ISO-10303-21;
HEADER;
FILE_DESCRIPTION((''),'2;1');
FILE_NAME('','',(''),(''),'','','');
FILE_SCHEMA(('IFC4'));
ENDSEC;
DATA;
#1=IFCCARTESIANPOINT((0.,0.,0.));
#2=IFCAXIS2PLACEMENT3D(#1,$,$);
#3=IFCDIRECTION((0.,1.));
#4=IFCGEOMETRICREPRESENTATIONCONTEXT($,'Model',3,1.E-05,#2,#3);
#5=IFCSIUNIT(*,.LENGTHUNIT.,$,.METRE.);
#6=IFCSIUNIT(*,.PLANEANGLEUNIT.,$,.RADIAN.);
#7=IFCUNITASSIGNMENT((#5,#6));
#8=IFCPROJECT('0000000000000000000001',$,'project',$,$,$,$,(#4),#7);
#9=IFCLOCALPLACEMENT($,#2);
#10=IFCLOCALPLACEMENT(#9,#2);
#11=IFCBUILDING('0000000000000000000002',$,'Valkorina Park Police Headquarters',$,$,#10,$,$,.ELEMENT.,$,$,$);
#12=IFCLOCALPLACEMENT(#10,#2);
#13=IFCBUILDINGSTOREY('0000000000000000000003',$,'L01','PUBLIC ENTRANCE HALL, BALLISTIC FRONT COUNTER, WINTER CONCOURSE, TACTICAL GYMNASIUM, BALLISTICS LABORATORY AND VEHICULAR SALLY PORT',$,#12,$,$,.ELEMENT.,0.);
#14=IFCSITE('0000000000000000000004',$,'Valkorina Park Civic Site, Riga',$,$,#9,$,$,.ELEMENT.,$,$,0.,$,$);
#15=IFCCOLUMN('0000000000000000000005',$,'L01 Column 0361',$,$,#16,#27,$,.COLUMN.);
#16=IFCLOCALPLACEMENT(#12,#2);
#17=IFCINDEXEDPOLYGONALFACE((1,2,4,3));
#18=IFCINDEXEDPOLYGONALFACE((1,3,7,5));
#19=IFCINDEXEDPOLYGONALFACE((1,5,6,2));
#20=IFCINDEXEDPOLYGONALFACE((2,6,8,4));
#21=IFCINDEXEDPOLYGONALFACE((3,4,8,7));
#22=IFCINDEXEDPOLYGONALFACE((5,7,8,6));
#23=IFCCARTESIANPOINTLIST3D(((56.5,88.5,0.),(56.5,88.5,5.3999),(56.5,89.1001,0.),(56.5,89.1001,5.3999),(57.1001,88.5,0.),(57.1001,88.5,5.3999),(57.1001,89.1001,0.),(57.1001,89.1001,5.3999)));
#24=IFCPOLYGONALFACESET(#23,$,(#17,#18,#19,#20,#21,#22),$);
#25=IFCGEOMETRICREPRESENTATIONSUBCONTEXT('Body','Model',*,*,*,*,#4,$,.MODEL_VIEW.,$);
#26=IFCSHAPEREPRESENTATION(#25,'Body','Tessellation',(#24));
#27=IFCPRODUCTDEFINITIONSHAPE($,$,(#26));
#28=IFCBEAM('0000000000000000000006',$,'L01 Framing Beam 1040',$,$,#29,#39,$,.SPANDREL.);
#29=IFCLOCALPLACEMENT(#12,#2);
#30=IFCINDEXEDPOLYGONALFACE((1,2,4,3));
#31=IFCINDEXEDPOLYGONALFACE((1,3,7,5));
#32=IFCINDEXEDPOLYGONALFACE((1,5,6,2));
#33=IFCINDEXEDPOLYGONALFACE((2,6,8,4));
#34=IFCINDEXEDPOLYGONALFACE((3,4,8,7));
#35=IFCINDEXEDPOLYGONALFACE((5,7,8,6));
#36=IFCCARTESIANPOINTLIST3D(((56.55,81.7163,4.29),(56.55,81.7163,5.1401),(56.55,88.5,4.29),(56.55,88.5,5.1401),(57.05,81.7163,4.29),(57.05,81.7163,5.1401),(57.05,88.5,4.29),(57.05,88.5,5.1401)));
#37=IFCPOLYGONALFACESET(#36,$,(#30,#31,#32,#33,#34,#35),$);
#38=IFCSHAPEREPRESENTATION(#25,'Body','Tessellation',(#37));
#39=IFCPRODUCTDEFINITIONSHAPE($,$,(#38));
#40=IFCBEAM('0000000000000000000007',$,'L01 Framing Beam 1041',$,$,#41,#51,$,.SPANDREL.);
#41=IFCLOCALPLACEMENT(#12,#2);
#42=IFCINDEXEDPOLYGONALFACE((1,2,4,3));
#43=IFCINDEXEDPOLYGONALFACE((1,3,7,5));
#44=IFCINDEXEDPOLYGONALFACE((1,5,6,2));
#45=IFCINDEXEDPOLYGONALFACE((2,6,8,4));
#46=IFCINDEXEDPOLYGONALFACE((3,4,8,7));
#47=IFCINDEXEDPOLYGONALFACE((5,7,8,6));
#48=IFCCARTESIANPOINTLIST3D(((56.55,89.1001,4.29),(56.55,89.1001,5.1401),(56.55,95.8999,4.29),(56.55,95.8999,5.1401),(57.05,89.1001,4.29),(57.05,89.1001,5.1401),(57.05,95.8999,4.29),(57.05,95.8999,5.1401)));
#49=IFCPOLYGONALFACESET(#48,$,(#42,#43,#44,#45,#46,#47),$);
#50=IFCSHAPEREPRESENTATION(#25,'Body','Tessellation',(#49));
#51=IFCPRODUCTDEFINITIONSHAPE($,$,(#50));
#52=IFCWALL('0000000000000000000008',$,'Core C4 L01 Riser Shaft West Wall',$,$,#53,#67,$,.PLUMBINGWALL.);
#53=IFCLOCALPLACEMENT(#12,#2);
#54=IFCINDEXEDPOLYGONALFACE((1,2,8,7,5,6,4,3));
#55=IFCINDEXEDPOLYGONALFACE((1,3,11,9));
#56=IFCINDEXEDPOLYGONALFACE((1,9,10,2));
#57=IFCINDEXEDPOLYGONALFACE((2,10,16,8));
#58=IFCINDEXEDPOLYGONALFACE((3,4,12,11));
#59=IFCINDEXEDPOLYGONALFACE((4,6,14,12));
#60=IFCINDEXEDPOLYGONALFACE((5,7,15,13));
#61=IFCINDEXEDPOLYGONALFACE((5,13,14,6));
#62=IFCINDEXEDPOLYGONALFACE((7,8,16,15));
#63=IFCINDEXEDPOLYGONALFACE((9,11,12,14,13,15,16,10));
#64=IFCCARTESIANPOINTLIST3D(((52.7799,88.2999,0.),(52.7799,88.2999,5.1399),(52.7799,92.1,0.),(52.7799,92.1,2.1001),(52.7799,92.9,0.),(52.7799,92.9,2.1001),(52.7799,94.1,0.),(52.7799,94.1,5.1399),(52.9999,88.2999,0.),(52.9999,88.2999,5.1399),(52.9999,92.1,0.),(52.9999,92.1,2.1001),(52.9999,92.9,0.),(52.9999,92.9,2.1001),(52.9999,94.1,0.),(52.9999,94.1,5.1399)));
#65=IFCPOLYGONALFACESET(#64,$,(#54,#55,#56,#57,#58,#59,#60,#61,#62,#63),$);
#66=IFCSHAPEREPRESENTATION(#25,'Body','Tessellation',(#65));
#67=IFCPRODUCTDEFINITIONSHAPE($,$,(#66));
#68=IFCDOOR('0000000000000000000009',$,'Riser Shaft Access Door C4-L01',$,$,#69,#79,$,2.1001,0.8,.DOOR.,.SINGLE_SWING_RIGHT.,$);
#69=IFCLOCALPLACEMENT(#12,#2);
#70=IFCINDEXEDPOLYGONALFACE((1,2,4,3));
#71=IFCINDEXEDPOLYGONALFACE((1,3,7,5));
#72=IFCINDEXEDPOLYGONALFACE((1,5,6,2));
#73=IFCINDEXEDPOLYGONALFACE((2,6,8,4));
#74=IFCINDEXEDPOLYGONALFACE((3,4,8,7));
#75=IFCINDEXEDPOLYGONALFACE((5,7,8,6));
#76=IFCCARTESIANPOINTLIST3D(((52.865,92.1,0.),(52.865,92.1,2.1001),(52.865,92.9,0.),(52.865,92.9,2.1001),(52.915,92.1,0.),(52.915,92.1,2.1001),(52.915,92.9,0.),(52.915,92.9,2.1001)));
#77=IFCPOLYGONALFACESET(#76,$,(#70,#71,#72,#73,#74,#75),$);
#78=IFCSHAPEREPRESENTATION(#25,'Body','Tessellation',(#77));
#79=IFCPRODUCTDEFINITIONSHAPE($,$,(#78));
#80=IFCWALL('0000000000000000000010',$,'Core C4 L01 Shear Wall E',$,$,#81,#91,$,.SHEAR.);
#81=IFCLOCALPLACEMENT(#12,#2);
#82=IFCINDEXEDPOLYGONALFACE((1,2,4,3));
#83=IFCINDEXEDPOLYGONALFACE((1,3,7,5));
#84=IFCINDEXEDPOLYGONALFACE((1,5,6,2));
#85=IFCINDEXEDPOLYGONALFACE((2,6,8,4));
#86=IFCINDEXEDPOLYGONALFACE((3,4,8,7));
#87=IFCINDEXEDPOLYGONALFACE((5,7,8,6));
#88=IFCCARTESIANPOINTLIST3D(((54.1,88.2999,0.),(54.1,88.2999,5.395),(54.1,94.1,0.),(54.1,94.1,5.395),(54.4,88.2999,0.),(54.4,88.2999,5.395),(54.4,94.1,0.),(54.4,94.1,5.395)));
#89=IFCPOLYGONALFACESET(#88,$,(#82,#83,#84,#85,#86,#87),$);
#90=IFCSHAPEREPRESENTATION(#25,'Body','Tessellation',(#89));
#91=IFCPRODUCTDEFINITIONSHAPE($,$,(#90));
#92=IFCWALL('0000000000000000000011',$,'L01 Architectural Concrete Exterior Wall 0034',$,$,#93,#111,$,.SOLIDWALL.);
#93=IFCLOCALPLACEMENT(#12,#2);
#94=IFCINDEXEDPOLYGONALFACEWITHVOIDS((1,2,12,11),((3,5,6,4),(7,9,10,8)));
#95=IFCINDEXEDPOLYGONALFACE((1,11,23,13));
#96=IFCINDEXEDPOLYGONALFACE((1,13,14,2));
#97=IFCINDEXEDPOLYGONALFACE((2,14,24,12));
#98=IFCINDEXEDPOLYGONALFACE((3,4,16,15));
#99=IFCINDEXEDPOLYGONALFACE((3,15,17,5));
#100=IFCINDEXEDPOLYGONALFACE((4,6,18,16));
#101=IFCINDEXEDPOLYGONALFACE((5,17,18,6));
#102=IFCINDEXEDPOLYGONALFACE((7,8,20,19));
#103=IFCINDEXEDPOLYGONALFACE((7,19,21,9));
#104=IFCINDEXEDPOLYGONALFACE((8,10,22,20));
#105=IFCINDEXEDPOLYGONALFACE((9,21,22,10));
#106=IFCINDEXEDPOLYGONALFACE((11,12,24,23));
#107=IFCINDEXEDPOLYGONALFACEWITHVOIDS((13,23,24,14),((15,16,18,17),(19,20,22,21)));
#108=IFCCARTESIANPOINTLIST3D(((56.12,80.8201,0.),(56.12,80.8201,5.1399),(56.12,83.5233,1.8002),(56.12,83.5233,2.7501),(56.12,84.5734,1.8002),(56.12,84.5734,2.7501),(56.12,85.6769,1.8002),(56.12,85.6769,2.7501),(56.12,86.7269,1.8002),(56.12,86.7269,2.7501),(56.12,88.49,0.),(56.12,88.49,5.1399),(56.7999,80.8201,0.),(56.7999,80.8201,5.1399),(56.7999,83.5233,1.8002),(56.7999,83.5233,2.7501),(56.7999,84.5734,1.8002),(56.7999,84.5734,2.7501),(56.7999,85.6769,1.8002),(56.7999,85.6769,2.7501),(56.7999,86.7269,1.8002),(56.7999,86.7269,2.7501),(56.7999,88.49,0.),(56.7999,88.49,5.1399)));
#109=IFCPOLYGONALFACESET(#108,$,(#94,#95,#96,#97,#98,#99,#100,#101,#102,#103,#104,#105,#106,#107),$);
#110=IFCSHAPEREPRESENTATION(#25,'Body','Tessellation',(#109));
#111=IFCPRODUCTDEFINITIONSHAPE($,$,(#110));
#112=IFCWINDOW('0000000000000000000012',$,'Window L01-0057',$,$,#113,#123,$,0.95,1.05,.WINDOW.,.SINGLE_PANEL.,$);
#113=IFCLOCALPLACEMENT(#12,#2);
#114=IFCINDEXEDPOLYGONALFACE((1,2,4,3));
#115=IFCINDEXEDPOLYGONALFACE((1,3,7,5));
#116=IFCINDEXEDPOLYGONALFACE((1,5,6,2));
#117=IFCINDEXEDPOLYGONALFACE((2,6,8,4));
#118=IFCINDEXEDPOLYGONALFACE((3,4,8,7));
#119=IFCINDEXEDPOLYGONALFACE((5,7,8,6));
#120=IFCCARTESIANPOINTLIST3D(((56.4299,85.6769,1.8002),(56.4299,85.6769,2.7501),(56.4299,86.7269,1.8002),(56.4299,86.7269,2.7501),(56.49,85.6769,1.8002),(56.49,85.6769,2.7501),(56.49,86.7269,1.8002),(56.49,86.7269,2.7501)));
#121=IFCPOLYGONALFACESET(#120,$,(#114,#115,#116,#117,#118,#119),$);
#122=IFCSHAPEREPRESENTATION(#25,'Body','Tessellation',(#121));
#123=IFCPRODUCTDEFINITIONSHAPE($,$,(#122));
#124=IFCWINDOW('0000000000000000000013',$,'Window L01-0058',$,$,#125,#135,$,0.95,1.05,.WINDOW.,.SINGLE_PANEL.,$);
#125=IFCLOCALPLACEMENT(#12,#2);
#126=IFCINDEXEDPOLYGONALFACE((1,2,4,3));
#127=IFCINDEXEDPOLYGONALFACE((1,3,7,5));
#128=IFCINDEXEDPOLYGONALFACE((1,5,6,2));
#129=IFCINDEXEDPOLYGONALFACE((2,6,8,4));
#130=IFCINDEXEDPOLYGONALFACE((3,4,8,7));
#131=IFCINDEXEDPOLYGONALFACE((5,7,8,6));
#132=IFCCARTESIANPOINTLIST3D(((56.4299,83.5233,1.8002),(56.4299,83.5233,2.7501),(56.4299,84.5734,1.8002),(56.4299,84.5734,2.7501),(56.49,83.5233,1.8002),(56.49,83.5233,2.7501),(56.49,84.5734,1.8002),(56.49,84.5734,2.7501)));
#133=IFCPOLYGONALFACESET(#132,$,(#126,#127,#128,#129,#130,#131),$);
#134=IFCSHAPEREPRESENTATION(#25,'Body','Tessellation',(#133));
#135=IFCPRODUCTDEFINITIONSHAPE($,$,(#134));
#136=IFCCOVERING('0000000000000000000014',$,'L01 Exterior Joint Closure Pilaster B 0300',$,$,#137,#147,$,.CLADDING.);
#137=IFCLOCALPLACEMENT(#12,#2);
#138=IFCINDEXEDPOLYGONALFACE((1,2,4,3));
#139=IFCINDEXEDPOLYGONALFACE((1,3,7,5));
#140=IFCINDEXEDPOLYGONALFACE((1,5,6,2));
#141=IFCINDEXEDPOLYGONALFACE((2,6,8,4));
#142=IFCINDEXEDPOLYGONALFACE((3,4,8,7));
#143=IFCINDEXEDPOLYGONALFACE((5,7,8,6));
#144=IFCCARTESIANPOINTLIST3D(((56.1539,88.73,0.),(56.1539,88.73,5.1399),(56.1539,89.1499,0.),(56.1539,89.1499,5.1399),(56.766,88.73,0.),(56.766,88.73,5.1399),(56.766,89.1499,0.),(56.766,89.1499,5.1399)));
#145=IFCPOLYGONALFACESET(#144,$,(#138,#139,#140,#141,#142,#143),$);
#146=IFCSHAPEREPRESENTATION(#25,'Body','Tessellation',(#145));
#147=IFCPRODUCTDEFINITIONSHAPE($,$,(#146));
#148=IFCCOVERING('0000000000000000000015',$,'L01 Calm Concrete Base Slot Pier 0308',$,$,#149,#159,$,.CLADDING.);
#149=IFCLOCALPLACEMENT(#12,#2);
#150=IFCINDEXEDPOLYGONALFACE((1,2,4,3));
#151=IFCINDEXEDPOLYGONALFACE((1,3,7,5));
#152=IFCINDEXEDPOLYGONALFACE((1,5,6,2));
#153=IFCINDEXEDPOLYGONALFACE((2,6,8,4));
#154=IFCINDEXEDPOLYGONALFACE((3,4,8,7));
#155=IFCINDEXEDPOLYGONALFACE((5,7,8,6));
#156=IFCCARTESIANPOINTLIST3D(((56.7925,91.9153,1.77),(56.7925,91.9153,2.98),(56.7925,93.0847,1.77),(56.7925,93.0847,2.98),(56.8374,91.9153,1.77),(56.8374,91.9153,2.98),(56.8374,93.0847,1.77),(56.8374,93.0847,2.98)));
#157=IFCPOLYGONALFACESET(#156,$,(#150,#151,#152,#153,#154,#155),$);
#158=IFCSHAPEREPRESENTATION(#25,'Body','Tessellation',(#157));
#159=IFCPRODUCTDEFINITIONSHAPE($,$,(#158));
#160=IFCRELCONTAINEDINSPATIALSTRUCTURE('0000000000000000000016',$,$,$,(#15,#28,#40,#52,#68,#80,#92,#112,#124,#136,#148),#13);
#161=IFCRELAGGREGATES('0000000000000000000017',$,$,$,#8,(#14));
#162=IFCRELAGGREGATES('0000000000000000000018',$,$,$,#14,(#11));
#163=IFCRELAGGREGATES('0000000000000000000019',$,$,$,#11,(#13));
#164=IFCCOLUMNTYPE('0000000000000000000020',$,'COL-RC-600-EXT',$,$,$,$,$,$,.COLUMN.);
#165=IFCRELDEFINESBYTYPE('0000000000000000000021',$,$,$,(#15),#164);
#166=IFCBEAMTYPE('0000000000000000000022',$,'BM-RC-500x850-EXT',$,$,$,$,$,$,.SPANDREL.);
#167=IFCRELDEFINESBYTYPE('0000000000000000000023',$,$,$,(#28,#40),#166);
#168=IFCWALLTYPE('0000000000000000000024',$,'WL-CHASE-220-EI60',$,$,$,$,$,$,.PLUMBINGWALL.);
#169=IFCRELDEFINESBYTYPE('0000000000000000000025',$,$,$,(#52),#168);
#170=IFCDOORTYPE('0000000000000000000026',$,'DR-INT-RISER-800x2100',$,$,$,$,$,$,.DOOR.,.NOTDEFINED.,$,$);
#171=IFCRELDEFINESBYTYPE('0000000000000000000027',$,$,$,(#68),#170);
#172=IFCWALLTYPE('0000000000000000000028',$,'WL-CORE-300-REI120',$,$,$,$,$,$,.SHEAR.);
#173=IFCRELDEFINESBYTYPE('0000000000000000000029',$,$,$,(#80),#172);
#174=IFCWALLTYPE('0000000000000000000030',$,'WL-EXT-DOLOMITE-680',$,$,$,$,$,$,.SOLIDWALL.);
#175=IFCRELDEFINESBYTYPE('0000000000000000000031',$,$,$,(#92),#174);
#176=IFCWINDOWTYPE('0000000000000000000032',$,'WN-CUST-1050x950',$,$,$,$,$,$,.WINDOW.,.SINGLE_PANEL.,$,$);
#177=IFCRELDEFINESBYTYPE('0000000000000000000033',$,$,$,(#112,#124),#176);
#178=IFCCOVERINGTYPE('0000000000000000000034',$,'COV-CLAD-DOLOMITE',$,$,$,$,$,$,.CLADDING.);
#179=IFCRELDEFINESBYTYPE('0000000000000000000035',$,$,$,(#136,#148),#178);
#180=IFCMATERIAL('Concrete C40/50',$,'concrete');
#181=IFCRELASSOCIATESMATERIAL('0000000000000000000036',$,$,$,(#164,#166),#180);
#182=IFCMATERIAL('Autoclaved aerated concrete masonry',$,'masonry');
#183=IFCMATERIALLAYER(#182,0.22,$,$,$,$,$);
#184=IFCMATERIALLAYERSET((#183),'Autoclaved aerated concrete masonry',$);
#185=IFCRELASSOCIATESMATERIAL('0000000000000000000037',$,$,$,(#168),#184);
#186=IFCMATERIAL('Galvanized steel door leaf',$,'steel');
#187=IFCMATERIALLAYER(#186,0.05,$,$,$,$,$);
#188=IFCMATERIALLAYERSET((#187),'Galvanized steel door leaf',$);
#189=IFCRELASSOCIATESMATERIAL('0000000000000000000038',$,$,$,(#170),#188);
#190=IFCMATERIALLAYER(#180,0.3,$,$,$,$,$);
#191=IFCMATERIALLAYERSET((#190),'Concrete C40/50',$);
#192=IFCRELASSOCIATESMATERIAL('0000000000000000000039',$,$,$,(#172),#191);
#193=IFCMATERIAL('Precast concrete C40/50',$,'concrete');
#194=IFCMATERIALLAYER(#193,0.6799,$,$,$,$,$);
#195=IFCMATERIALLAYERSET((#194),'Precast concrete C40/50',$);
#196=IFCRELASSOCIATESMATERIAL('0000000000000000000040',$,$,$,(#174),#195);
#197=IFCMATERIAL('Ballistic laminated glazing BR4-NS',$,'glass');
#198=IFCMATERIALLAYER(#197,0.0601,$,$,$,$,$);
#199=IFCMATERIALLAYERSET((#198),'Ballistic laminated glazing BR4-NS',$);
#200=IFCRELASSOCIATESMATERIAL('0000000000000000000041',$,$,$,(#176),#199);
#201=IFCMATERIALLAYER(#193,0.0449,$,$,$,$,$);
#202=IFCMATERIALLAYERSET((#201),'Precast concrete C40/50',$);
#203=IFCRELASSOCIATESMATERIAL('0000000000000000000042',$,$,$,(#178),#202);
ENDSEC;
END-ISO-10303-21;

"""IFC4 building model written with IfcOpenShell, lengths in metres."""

from ifc_helpers import new_model, si_unit, direction, frame, frame_2d, origin, origin_2d, place, context, subcontext, project, spatial, rectangle, extrude, material, layer, layer_set, material_profile, profile_set, type_object, element, fill, save


model = new_model("IFC4")

# Units and contexts
model_context = context("Model", 3, precision=1e-05, world=origin(), true_north=direction((0.0, 1.0)))
body_context = subcontext(model_context, "Body", "Model", "MODEL_VIEW")
ifc_project = project(units=[si_unit("LENGTHUNIT", "METRE"), si_unit("PLANEANGLEUNIT", "RADIAN")], contexts=[model_context])

# Site, building, storey
site_placement = place(None, origin())
site = spatial("IfcSite", under=ifc_project, at=site_placement, Name="Valkorina Park Civic Site, Riga", CompositionType="ELEMENT", RefElevation=0.0)
building_placement = place(site_placement, origin())
building = spatial("IfcBuilding", under=site, at=building_placement, Name="Valkorina Park Police Headquarters", CompositionType="ELEMENT")
storey_placement = place(building_placement, origin())
storey = spatial("IfcBuildingStorey", under=building, at=storey_placement, Name="L01", Description="PUBLIC ENTRANCE HALL, BALLISTIC FRONT COUNTER, WINTER CONCOURSE, TACTICAL GYMNASIUM, BALLISTICS LABORATORY AND VEHICULAR SALLY PORT", CompositionType="ELEMENT", Elevation=0.0)

# Column
ifc_material_1 = material(Name="Concrete C40/50", Category="concrete")
ifc_material_profile_1 = material_profile(ifc_material_1, rectangle(XDim=0.6001, YDim=0.6001, at=origin_2d()), Name="RC COL 600x600")
ifc_profile_set_1 = profile_set([ifc_material_profile_1], Name="Concrete C40/50")
column_type = type_object("IfcColumnType", Name="COL-RC-600-EXT", PredefinedType="COLUMN", material=ifc_profile_set_1)
column_placement = place(storey_placement, frame((56.8, 88.8, 0.0), z_axis=(0.0, 0.0, 1.0), x_axis=(1.0, 0.0, 0.0)))
element("IfcColumn", 1, at=column_placement, inside=storey, type_object=column_type, Name="L01 Column 0361", PredefinedType="COLUMN", context=body_context, shape_type="SweptSolid", body=[
    extrude(rectangle(XDim=0.6001, YDim=0.6001, at=origin_2d()), origin(), (0.0, 0.0, 1.0), 5.3999),
])

# Beams
ifc_material_profile_2 = material_profile(ifc_material_1, rectangle(XDim=0.5, YDim=0.8501, at=origin_2d()), Name="RC BEAM 500x850")
ifc_profile_set_2 = profile_set([ifc_material_profile_2], Name="Concrete C40/50")
beam_type = type_object("IfcBeamType", Name="BM-RC-500x850-EXT", PredefinedType="SPANDREL", material=ifc_profile_set_2)
beam_1_placement = place(storey_placement, frame((56.8, 81.7163, 4.7151), z_axis=(0.0, 1.0, 0.0), x_axis=(-1.0, 0.0, 0.0)))
element("IfcBeam", 2, at=beam_1_placement, inside=storey, type_object=beam_type, Name="L01 Framing Beam 1040", PredefinedType="SPANDREL", context=body_context, shape_type="SweptSolid", body=[
    extrude(rectangle(XDim=0.5, YDim=0.8501, at=origin_2d()), origin(), (0.0, 0.0, 1.0), 6.7837),
])
beam_2_placement = place(storey_placement, frame((56.8, 89.1001, 4.7151), z_axis=(0.0, 1.0, 0.0), x_axis=(-1.0, 0.0, 0.0)))
element("IfcBeam", 3, at=beam_2_placement, inside=storey, type_object=beam_type, Name="L01 Framing Beam 1041", PredefinedType="SPANDREL", context=body_context, shape_type="SweptSolid", body=[
    extrude(rectangle(XDim=0.5, YDim=0.8501, at=origin_2d()), origin(), (0.0, 0.0, 1.0), 6.7998),
])

# Wall, opening, door
ifc_material_2 = material(Name="Autoclaved aerated concrete masonry", Category="masonry")
ifc_layer_1 = layer(ifc_material_2, 0.22)
ifc_layer_set_1 = layer_set([ifc_layer_1], Name="Autoclaved aerated concrete masonry")
wall_type_1 = type_object("IfcWallType", Name="WL-CHASE-220-EI60", PredefinedType="PLUMBINGWALL", material=ifc_layer_set_1)
wall_1_placement = place(storey_placement, frame((52.8899, 88.3, 0.0), z_axis=(0.0, 0.0, 1.0), x_axis=(0.0, 1.0, 0.0)))
wall_1 = element("IfcWall", 4, at=wall_1_placement, inside=storey, type_object=wall_type_1, Name="Core C4 L01 Riser Shaft West Wall", PredefinedType="PLUMBINGWALL", context=body_context, shape_type="SweptSolid", body=[
    extrude(rectangle(XDim=5.8, YDim=0.22, at=frame_2d((2.8999, 0.0))), origin(), (0.0, 0.0, 1.0), 5.1399),
])
opening_1_placement = place(wall_1_placement, frame((3.8, 0.0, 0.0)))
opening_1 = element("IfcOpeningElement", 5, at=opening_1_placement, cuts=wall_1, PredefinedType="OPENING", context=body_context, shape_type="SweptSolid", body=[
    extrude(rectangle(XDim=0.8, YDim=2.1001, at=frame_2d((0.3999, 1.05))), frame((0.0, 0.1201, 0.0), z_axis=(0.0, -1.0, 0.0), x_axis=(1.0, 0.0, 0.0)), (0.0, 0.0, 1.0), 0.24),
])
ifc_material_3 = material(Name="Galvanized steel door leaf", Category="steel")
ifc_layer_2 = layer(ifc_material_3, 0.05)
ifc_layer_set_2 = layer_set([ifc_layer_2], Name="Galvanized steel door leaf")
door_type = type_object("IfcDoorType", Name="DR-INT-RISER-800x2100", OperationType="NOTDEFINED", PredefinedType="DOOR", material=ifc_layer_set_2)
door_placement = place(opening_1_placement, origin())
door = element("IfcDoor", 6, at=door_placement, inside=storey, type_object=door_type, Name="Riser Shaft Access Door C4-L01", OperationType="SINGLE_SWING_RIGHT", OverallHeight=2.1001, OverallWidth=0.8, PredefinedType="DOOR", context=body_context, shape_type="SweptSolid", body=[
    extrude(rectangle(XDim=0.8, YDim=2.1001, at=frame_2d((0.3999, 1.05))), frame((0.0, 0.0249, 0.0), z_axis=(0.0, -1.0, 0.0), x_axis=(1.0, 0.0, 0.0)), (0.0, 0.0, 1.0), 0.05),
])
fill(opening_1, door)

# Wall
ifc_layer_3 = layer(ifc_material_1, 0.3)
ifc_layer_set_3 = layer_set([ifc_layer_3], Name="Concrete C40/50")
wall_type_2 = type_object("IfcWallType", Name="WL-CORE-300-REI120", PredefinedType="SHEAR", material=ifc_layer_set_3)
wall_2_placement = place(storey_placement, frame((54.25, 88.3, 0.0), z_axis=(0.0, 0.0, 1.0), x_axis=(0.0, 1.0, 0.0)))
element("IfcWall", 7, at=wall_2_placement, inside=storey, type_object=wall_type_2, Name="Core C4 L01 Shear Wall E", PredefinedType="SHEAR", context=body_context, shape_type="SweptSolid", body=[
    extrude(rectangle(XDim=5.8, YDim=0.3, at=frame_2d((2.8999, 0.0))), origin(), (0.0, 0.0, 1.0), 5.395),
])

# Wall, openings, windows
ifc_material_4 = material(Name="Precast concrete C40/50", Category="concrete")
ifc_layer_4 = layer(ifc_material_4, 0.6799)
ifc_layer_set_4 = layer_set([ifc_layer_4], Name="Precast concrete C40/50")
wall_type_3 = type_object("IfcWallType", Name="WL-EXT-DOLOMITE-680", PredefinedType="SOLIDWALL", material=ifc_layer_set_4)
wall_3_placement = place(storey_placement, frame((56.46, 88.49, 0.0), z_axis=(0.0, 0.0, 1.0), x_axis=(0.0, -1.0, 0.0)))
wall_3 = element("IfcWall", 8, at=wall_3_placement, inside=storey, type_object=wall_type_3, Name="L01 Architectural Concrete Exterior Wall 0034", PredefinedType="SOLIDWALL", context=body_context, shape_type="SweptSolid", body=[
    extrude(rectangle(XDim=7.6699, YDim=0.6799, at=frame_2d((3.835, 0.0))), origin(), (0.0, 0.0, 1.0), 5.1399),
])
opening_2_placement = place(wall_3_placement, frame((1.7632, 0.0, 1.8)))
opening_2 = element("IfcOpeningElement", 9, at=opening_2_placement, cuts=wall_3, PredefinedType="OPENING", context=body_context, shape_type="SweptSolid", body=[
    extrude(rectangle(XDim=1.05, YDim=0.95, at=frame_2d((0.5249, 0.4751))), frame((0.0, 0.3501, 0.0), z_axis=(0.0, -1.0, 0.0), x_axis=(1.0, 0.0, 0.0)), (0.0, 0.0, 1.0), 0.7),
])
opening_3_placement = place(wall_3_placement, frame((3.9167, 0.0, 1.8)))
opening_3 = element("IfcOpeningElement", 10, at=opening_3_placement, cuts=wall_3, PredefinedType="OPENING", context=body_context, shape_type="SweptSolid", body=[
    extrude(rectangle(XDim=1.05, YDim=0.95, at=frame_2d((0.5249, 0.4751))), frame((0.0, 0.3501, 0.0), z_axis=(0.0, -1.0, 0.0), x_axis=(1.0, 0.0, 0.0)), (0.0, 0.0, 1.0), 0.7),
])
ifc_material_5 = material(Name="Ballistic laminated glazing BR4-NS", Category="glass")
ifc_layer_5 = layer(ifc_material_5, 0.0601)
ifc_layer_set_5 = layer_set([ifc_layer_5], Name="Ballistic laminated glazing BR4-NS")
window_type = type_object("IfcWindowType", Name="WN-CUST-1050x950", PartitioningType="SINGLE_PANEL", PredefinedType="WINDOW", material=ifc_layer_set_5)
window_1_placement = place(opening_2_placement, origin())
window_1 = element("IfcWindow", 11, at=window_1_placement, inside=storey, type_object=window_type, Name="Window L01-0057", OverallHeight=0.95, OverallWidth=1.05, PartitioningType="SINGLE_PANEL", PredefinedType="WINDOW", context=body_context, shape_type="SweptSolid", body=[
    extrude(rectangle(XDim=1.05, YDim=0.95, at=frame_2d((0.5249, 0.4751))), frame((0.0, 0.03, 0.0), z_axis=(0.0, -1.0, 0.0), x_axis=(1.0, 0.0, 0.0)), (0.0, 0.0, 1.0), 0.0601),
])
fill(opening_2, window_1)
window_2_placement = place(opening_3_placement, origin())
window_2 = element("IfcWindow", 12, at=window_2_placement, inside=storey, type_object=window_type, Name="Window L01-0058", OverallHeight=0.95, OverallWidth=1.05, PartitioningType="SINGLE_PANEL", PredefinedType="WINDOW", context=body_context, shape_type="SweptSolid", body=[
    extrude(rectangle(XDim=1.05, YDim=0.95, at=frame_2d((0.5249, 0.4751))), frame((0.0, 0.03, 0.0), z_axis=(0.0, -1.0, 0.0), x_axis=(1.0, 0.0, 0.0)), (0.0, 0.0, 1.0), 0.0601),
])
fill(opening_3, window_2)

# Coverings
ifc_layer_6 = layer(ifc_material_4, 0.0449)
ifc_layer_set_6 = layer_set([ifc_layer_6], Name="Precast concrete C40/50")
covering_type = type_object("IfcCoveringType", Name="COV-CLAD-DOLOMITE", PredefinedType="CLADDING", material=ifc_layer_set_6)
covering_1_placement = place(storey_placement, frame((56.46, 88.9399, 0.0), z_axis=(0.0, 0.0, 1.0), x_axis=(0.0, 1.0, 0.0)))
element("IfcCovering", 13, at=covering_1_placement, inside=storey, type_object=covering_type, Name="L01 Exterior Joint Closure Pilaster B 0300", PredefinedType="CLADDING", context=body_context, shape_type="SweptSolid", body=[
    extrude(rectangle(XDim=0.4199, YDim=0.6121, at=origin_2d()), origin(), (0.0, 0.0, 1.0), 5.1399),
])
covering_2_placement = place(storey_placement, frame((56.8149, 93.0847, 1.77), z_axis=(0.0, 0.0, 1.0), x_axis=(0.0, -1.0, 0.0)))
element("IfcCovering", 14, at=covering_2_placement, inside=storey, type_object=covering_type, Name="L01 Calm Concrete Base Slot Pier 0308", PredefinedType="CLADDING", context=body_context, shape_type="SweptSolid", body=[
    extrude(rectangle(XDim=1.1694, YDim=0.0449, at=frame_2d((0.5847, 0.0))), origin(), (0.0, 0.0, 1.0), 1.21),
])

save(model, "model.ifc")
